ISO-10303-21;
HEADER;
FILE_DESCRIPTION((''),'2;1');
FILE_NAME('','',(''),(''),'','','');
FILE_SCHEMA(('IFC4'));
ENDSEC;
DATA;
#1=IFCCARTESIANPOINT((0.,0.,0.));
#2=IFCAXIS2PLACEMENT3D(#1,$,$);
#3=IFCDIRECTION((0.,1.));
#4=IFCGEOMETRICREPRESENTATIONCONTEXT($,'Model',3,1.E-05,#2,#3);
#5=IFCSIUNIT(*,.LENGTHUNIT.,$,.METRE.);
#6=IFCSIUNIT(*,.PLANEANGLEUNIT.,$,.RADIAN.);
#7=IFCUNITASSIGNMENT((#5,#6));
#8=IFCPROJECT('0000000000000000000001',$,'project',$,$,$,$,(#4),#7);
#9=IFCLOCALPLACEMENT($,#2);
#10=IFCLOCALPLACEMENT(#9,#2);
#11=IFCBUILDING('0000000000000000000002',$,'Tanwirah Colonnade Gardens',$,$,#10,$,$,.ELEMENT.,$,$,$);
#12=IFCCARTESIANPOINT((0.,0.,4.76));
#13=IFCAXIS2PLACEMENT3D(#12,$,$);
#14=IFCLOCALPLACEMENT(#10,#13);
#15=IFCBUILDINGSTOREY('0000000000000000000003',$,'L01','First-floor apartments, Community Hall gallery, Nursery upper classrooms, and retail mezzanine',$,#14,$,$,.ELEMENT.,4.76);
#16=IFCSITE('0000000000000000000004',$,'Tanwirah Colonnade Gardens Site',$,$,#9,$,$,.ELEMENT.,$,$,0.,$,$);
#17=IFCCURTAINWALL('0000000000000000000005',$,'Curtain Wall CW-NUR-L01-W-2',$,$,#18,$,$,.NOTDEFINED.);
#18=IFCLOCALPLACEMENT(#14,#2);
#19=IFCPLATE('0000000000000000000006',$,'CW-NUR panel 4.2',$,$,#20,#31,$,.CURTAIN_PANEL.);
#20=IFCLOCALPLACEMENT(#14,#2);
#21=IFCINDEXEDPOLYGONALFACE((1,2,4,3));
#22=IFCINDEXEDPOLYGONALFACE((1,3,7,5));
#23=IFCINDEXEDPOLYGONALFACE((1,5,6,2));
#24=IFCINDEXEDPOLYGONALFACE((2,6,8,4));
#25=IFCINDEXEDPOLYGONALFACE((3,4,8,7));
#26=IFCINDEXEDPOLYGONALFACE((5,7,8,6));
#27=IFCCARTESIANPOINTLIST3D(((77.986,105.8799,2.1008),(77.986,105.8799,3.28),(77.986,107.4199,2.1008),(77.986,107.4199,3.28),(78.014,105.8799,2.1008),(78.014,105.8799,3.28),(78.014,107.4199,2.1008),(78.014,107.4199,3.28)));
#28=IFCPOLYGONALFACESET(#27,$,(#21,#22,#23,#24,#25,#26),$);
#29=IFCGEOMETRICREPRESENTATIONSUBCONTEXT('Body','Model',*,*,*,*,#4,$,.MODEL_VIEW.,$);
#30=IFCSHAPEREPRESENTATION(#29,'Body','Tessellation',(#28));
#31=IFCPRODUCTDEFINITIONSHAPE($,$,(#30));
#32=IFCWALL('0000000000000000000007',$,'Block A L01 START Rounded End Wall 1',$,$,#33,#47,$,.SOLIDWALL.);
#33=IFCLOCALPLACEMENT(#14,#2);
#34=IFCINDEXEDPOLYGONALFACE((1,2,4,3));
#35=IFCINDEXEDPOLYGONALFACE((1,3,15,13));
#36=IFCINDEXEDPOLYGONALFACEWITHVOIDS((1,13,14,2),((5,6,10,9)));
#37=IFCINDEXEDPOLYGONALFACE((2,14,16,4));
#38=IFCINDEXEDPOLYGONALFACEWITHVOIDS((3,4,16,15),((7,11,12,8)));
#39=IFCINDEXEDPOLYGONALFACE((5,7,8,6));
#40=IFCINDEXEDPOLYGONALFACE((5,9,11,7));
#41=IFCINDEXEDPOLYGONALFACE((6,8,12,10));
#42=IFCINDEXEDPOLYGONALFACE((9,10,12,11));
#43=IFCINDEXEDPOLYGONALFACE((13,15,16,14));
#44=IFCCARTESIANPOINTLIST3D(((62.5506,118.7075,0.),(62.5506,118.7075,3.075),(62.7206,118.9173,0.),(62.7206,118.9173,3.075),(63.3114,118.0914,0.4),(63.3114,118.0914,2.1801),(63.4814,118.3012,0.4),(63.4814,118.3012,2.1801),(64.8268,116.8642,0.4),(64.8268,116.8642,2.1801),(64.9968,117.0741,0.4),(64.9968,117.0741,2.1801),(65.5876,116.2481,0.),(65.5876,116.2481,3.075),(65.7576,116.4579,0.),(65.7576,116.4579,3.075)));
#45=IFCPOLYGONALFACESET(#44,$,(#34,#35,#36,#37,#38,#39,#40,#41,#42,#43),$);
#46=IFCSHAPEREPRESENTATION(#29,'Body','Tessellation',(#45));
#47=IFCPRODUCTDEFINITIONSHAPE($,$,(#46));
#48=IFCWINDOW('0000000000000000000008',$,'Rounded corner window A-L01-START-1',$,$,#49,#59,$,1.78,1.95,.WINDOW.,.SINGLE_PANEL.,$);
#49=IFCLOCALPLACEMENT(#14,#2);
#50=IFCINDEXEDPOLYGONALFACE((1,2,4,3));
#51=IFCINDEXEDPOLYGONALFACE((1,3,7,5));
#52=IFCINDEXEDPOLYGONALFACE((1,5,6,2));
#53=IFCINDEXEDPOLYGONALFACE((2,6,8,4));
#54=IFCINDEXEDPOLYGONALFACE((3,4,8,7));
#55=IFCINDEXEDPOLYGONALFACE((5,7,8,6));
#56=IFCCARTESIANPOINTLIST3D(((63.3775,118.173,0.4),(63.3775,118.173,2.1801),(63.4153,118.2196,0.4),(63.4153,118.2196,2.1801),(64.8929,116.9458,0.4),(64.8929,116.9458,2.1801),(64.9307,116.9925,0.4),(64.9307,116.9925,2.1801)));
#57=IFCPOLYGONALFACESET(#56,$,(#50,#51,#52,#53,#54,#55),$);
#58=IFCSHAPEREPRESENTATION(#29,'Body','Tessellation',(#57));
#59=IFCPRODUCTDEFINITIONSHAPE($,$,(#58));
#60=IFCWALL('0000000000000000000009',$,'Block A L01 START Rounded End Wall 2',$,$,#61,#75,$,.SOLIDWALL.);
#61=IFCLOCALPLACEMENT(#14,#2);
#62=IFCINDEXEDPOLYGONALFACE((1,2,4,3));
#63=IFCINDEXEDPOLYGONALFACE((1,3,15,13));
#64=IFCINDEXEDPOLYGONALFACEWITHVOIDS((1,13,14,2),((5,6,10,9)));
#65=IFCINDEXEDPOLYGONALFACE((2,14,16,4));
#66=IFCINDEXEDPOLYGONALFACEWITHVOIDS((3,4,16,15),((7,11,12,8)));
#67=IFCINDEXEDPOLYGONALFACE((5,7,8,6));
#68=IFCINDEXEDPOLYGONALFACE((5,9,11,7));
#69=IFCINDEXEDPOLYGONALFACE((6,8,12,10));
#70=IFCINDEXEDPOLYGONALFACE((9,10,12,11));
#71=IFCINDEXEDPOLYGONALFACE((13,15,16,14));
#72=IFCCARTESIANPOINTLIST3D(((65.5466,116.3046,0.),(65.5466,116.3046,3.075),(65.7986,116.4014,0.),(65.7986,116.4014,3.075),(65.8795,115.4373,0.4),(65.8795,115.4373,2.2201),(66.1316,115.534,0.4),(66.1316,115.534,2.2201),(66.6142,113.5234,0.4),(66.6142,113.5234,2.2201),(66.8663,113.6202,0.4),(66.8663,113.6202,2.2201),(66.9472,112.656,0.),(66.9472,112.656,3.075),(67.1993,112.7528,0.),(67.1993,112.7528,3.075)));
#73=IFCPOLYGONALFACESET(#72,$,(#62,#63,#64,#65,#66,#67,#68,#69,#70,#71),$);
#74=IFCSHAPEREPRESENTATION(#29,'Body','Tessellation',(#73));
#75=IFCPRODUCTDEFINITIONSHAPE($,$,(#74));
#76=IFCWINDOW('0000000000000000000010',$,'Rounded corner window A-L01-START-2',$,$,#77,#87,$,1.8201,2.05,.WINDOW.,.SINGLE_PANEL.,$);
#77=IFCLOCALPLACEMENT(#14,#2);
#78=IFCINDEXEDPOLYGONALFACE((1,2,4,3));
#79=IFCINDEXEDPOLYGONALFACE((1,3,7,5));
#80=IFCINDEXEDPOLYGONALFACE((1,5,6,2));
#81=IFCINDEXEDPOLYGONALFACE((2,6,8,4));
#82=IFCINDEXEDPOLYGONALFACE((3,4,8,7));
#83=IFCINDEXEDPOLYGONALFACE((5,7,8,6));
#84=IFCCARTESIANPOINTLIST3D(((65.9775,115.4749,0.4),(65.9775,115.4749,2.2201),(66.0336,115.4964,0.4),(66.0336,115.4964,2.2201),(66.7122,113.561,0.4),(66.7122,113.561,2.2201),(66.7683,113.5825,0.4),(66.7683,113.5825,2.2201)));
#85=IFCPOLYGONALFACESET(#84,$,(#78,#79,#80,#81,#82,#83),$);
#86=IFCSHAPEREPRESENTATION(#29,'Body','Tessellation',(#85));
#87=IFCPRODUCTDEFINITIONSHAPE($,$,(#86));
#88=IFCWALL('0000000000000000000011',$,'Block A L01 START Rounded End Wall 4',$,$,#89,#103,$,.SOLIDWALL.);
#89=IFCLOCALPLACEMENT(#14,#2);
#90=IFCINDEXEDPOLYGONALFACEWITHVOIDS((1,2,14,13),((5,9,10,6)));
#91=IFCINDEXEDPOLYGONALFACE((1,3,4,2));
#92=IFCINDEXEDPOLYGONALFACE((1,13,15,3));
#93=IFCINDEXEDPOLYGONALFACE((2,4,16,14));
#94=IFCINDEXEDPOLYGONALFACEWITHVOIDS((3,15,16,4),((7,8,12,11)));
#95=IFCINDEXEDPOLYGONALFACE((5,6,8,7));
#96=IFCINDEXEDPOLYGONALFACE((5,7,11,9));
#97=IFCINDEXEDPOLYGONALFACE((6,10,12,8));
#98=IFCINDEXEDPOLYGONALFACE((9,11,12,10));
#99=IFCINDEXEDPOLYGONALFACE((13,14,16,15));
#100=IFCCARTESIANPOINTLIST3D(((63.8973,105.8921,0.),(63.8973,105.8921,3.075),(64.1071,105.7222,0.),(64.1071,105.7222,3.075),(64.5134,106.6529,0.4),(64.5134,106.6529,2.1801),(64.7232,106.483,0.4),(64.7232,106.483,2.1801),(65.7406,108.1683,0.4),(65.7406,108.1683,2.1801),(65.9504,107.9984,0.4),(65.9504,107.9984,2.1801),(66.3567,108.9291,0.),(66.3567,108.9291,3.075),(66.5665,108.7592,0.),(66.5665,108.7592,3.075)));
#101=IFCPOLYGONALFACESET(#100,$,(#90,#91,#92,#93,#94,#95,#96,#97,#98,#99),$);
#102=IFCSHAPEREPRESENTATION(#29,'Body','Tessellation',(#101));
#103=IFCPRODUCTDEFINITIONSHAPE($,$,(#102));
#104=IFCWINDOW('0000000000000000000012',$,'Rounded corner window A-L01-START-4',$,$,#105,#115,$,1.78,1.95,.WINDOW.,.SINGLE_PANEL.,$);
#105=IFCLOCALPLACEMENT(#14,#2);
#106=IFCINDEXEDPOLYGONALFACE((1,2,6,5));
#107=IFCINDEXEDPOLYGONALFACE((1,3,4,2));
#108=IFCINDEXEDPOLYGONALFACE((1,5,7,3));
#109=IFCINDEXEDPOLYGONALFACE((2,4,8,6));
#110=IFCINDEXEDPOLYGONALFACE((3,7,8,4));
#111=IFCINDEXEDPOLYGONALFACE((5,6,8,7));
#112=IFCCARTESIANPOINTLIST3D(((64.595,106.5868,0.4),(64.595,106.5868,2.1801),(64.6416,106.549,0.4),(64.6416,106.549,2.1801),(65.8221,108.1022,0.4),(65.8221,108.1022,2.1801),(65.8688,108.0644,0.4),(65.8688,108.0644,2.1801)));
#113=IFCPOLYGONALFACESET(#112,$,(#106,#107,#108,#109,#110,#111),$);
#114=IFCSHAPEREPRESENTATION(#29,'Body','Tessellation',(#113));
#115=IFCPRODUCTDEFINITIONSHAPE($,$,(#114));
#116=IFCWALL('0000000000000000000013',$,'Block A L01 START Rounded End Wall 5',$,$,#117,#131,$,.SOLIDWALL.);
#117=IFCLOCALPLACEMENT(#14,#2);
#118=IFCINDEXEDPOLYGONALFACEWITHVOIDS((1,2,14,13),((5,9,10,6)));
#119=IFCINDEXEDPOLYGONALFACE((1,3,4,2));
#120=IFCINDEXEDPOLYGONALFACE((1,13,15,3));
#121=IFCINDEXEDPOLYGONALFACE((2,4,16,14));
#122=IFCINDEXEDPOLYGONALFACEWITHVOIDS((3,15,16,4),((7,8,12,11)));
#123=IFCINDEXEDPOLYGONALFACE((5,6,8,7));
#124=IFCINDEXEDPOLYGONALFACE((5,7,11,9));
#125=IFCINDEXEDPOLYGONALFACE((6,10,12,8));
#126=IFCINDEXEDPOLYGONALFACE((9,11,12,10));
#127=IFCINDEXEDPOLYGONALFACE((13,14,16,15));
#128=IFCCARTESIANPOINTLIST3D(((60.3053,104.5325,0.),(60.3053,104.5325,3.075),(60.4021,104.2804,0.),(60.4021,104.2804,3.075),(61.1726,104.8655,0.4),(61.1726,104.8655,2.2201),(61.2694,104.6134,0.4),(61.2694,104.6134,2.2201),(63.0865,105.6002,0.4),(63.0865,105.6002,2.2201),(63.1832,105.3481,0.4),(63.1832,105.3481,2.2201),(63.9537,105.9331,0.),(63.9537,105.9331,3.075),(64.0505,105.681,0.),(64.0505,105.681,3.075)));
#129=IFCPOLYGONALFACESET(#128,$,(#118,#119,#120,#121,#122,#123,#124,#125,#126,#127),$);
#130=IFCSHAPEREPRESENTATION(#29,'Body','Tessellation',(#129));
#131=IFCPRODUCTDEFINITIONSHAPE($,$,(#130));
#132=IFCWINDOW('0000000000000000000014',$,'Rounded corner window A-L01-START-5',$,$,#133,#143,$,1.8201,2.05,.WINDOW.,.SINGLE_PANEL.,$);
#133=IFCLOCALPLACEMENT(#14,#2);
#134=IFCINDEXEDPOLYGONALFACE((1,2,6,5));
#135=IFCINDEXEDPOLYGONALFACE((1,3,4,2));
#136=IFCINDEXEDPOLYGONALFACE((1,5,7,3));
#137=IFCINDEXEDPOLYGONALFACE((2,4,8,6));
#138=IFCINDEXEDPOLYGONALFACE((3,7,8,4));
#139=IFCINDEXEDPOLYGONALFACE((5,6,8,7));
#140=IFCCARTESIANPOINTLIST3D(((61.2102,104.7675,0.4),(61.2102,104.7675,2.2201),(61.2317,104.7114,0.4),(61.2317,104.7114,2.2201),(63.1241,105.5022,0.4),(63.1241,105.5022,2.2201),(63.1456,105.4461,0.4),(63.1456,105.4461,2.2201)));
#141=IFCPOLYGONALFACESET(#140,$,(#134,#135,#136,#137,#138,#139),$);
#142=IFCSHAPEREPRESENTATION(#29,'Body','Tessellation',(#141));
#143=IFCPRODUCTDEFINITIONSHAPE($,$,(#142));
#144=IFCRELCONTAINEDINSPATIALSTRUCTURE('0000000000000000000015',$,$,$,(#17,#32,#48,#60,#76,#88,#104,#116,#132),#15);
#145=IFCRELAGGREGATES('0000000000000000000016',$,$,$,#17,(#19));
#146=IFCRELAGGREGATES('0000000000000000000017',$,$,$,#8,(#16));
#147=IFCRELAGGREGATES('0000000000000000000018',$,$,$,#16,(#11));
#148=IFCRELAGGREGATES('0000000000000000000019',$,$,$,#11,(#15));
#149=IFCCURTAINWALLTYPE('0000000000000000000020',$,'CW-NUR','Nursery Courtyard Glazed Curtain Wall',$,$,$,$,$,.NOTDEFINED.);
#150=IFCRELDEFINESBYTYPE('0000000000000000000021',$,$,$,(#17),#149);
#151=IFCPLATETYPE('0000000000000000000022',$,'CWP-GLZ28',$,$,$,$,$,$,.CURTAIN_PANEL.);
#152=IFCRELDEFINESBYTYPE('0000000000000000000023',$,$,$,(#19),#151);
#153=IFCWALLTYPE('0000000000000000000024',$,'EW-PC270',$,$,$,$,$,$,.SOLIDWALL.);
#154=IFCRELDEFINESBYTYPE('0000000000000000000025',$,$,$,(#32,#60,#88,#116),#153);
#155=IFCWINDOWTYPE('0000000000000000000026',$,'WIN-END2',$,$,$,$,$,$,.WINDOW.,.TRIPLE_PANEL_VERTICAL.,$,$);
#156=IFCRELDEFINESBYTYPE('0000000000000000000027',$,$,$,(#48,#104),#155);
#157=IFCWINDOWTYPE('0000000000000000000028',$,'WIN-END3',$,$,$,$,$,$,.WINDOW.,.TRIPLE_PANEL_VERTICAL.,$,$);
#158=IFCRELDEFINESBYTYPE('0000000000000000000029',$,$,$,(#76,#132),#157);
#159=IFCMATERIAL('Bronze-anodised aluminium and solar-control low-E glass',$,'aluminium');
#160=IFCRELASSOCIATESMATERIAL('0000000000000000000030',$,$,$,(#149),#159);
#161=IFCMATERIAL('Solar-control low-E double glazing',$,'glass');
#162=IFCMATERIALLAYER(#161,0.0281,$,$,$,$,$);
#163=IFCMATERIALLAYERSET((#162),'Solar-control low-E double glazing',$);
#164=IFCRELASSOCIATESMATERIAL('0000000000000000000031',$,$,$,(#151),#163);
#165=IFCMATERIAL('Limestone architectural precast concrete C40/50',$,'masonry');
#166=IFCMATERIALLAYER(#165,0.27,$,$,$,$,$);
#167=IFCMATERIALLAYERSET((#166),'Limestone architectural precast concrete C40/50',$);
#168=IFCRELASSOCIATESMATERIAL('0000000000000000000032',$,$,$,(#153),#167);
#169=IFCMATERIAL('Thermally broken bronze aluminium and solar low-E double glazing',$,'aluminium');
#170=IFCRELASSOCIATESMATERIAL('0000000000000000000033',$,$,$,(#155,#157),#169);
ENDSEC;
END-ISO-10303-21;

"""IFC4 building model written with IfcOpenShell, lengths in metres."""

from ifc_helpers import new_model, si_unit, direction, frame, frame_2d, origin, origin_2d, place, context, subcontext, project, spatial, rectangle, extrude, material, layer, layer_set, type_object, element, fill, aggregate, save


model = new_model("IFC4")

# Units and contexts
model_context = context("Model", 3, precision=1e-05, world=origin(), true_north=direction((0.0, 1.0)))
body_context = subcontext(model_context, "Body", "Model", "MODEL_VIEW")
ifc_project = project(units=[si_unit("LENGTHUNIT", "METRE"), si_unit("PLANEANGLEUNIT", "RADIAN")], contexts=[model_context])

# Site, building, storey
site_placement = place(None, origin())
site = spatial("IfcSite", under=ifc_project, at=site_placement, Name="Tanwirah Colonnade Gardens Site", CompositionType="ELEMENT", RefElevation=0.0)
building_placement = place(site_placement, origin())
building = spatial("IfcBuilding", under=site, at=building_placement, Name="Tanwirah Colonnade Gardens", CompositionType="ELEMENT")
storey_placement = place(building_placement, frame((0.0, 0.0, 4.76)))
storey = spatial("IfcBuildingStorey", under=building, at=storey_placement, Name="L01", Description="First-floor apartments, Community Hall gallery, Nursery upper classrooms, and retail mezzanine", CompositionType="ELEMENT", Elevation=4.76)

# Curtain wall
ifc_material_1 = material(Name="Bronze-anodised aluminium and solar-control low-E glass", Category="aluminium")
curtain_wall_type = type_object("IfcCurtainWallType", Name="CW-NUR", Description="Nursery Courtyard Glazed Curtain Wall", PredefinedType="NOTDEFINED", material=ifc_material_1)
curtain_wall_placement = place(storey_placement, origin())
curtain_wall = element("IfcCurtainWall", 1, at=curtain_wall_placement, inside=storey, type_object=curtain_wall_type, Name="Curtain Wall CW-NUR-L01-W-2", PredefinedType="NOTDEFINED")

# Plate
ifc_material_2 = material(Name="Solar-control low-E double glazing", Category="glass")
ifc_layer_1 = layer(ifc_material_2, 0.0281)
ifc_layer_set_1 = layer_set([ifc_layer_1], Name="Solar-control low-E double glazing")
plate_type = type_object("IfcPlateType", Name="CWP-GLZ28", PredefinedType="CURTAIN_PANEL", material=ifc_layer_set_1)
plate_1_placement = place(storey_placement, frame((78.0, 106.6499, 2.1008), z_axis=(0.0, 0.0, 1.0), x_axis=(0.0, 1.0, 0.0)))
plate_1 = element("IfcPlate", 2, at=plate_1_placement, type_object=plate_type, Name="CW-NUR panel 4.2", PredefinedType="CURTAIN_PANEL", context=body_context, shape_type="SweptSolid", body=[
    extrude(rectangle(XDim=1.54, YDim=0.0281, at=origin_2d()), origin(), (0.0, 0.0, 1.0), 1.1792),
])
aggregate(curtain_wall, [plate_1])

# Walls, openings, windows
ifc_material_3 = material(Name="Limestone architectural precast concrete C40/50", Category="masonry")
ifc_layer_2 = layer(ifc_material_3, 0.27)
ifc_layer_set_2 = layer_set([ifc_layer_2], Name="Limestone architectural precast concrete C40/50")
wall_type_1 = type_object("IfcWallType", Name="EW-PC270", PredefinedType="SOLIDWALL", material=ifc_layer_set_2)
wall_1_placement = place(storey_placement, frame((62.6355, 118.8125, 0.0), z_axis=(0.0, 0.0, 1.0), x_axis=(0.777137, -0.629331, 0.0)))
wall_1 = element("IfcWall", 3, at=wall_1_placement, inside=storey, type_object=wall_type_1, Name="Block A L01 START Rounded End Wall 1", PredefinedType="SOLIDWALL", context=body_context, shape_type="SweptSolid", body=[
    extrude(rectangle(XDim=3.908, YDim=0.27, at=frame_2d((1.9541, 0.0))), origin(), (0.0, 0.0, 1.0), 3.075),
])
opening_1_placement = place(wall_1_placement, frame((0.979, 0.0, 0.3999)))
opening_1 = element("IfcOpeningElement", 4, at=opening_1_placement, cuts=wall_1, PredefinedType="OPENING", context=body_context, shape_type="SweptSolid", body=[
    extrude(rectangle(XDim=1.95, YDim=1.78, at=frame_2d((0.9751, 0.8901))), frame((0.0, 0.145, 0.0), z_axis=(0.0, -1.0, 0.0), x_axis=(1.0, 0.0, 0.0)), (0.0, 0.0, 1.0), 0.29),
])
ifc_material_4 = material(Name="Thermally broken bronze aluminium and solar low-E double glazing", Category="aluminium")
window_type_1 = type_object("IfcWindowType", Name="WIN-END2", PartitioningType="TRIPLE_PANEL_VERTICAL", PredefinedType="WINDOW", material=ifc_material_4)
window_1_placement = place(opening_1_placement, origin())
window_1 = element("IfcWindow", 5, at=window_1_placement, inside=storey, type_object=window_type_1, Name="Rounded corner window A-L01-START-1", OverallHeight=1.78, OverallWidth=1.95, PartitioningType="SINGLE_PANEL", PredefinedType="WINDOW", context=body_context, shape_type="SweptSolid", body=[
    extrude(rectangle(XDim=1.95, YDim=1.78, at=frame_2d((0.9751, 0.8901))), frame((0.0, 0.03, 0.0), z_axis=(0.0, -1.0, 0.0), x_axis=(1.0, 0.0, 0.0)), (0.0, 0.0, 1.0), 0.0601),
])
fill(opening_1, window_1)
wall_2_placement = place(storey_placement, frame((65.6726, 116.353, 0.0), z_axis=(0.0, 0.0, 1.0), x_axis=(0.358376, -0.933577, 0.0)))
wall_2 = element("IfcWall", 6, at=wall_2_placement, inside=storey, type_object=wall_type_1, Name="Block A L01 START Rounded End Wall 2", PredefinedType="SOLIDWALL", context=body_context, shape_type="SweptSolid", body=[
    extrude(rectangle(XDim=3.9082, YDim=0.27, at=frame_2d((1.9541, 0.0))), origin(), (0.0, 0.0, 1.0), 3.075),
])
opening_2_placement = place(wall_2_placement, frame((0.9292, 0.0, 0.3999)))
opening_2 = element("IfcOpeningElement", 7, at=opening_2_placement, cuts=wall_2, PredefinedType="OPENING", context=body_context, shape_type="SweptSolid", body=[
    extrude(rectangle(XDim=2.05, YDim=1.8201, at=frame_2d((1.0249, 0.9102))), frame((0.0, 0.145, 0.0), z_axis=(0.0, -1.0, 0.0), x_axis=(1.0, 0.0, 0.0)), (0.0, 0.0, 1.0), 0.29),
])
window_type_2 = type_object("IfcWindowType", Name="WIN-END3", PartitioningType="TRIPLE_PANEL_VERTICAL", PredefinedType="WINDOW", material=ifc_material_4)
window_2_placement = place(opening_2_placement, origin())
window_2 = element("IfcWindow", 8, at=window_2_placement, inside=storey, type_object=window_type_2, Name="Rounded corner window A-L01-START-2", OverallHeight=1.8201, OverallWidth=2.05, PartitioningType="SINGLE_PANEL", PredefinedType="WINDOW", context=body_context, shape_type="SweptSolid", body=[
    extrude(rectangle(XDim=2.05, YDim=1.8201, at=frame_2d((1.0249, 0.9102))), frame((0.0, 0.03, 0.0), z_axis=(0.0, -1.0, 0.0), x_axis=(1.0, 0.0, 0.0)), (0.0, 0.0, 1.0), 0.0601),
])
fill(opening_2, window_2)
wall_3_placement = place(storey_placement, frame((66.4617, 108.8442, 0.0), z_axis=(0.0, 0.0, 1.0), x_axis=(-0.629331, -0.777137, 0.0)))
wall_3 = element("IfcWall", 9, at=wall_3_placement, inside=storey, type_object=wall_type_1, Name="Block A L01 START Rounded End Wall 4", PredefinedType="SOLIDWALL", context=body_context, shape_type="SweptSolid", body=[
    extrude(rectangle(XDim=3.908, YDim=0.27, at=frame_2d((1.9541, 0.0))), origin(), (0.0, 0.0, 1.0), 3.075),
])
opening_3_placement = place(wall_3_placement, frame((0.979, 0.0, 0.3999)))
opening_3 = element("IfcOpeningElement", 10, at=opening_3_placement, cuts=wall_3, PredefinedType="OPENING", context=body_context, shape_type="SweptSolid", body=[
    extrude(rectangle(XDim=1.95, YDim=1.78, at=frame_2d((0.9751, 0.8901))), frame((0.0, 0.145, 0.0), z_axis=(0.0, -1.0, 0.0), x_axis=(1.0, 0.0, 0.0)), (0.0, 0.0, 1.0), 0.29),
])
window_3_placement = place(opening_3_placement, origin())
window_3 = element("IfcWindow", 11, at=window_3_placement, inside=storey, type_object=window_type_1, Name="Rounded corner window A-L01-START-4", OverallHeight=1.78, OverallWidth=1.95, PartitioningType="SINGLE_PANEL", PredefinedType="WINDOW", context=body_context, shape_type="SweptSolid", body=[
    extrude(rectangle(XDim=1.95, YDim=1.78, at=frame_2d((0.9751, 0.8901))), frame((0.0, 0.03, 0.0), z_axis=(0.0, -1.0, 0.0), x_axis=(1.0, 0.0, 0.0)), (0.0, 0.0, 1.0), 0.0601),
])
fill(opening_3, window_3)
wall_4_placement = place(storey_placement, frame((64.0022, 105.8071, 0.0), z_axis=(0.0, 0.0, 1.0), x_axis=(-0.933569, -0.358397, 0.0)))
wall_4 = element("IfcWall", 12, at=wall_4_placement, inside=storey, type_object=wall_type_1, Name="Block A L01 START Rounded End Wall 5", PredefinedType="SOLIDWALL", context=body_context, shape_type="SweptSolid", body=[
    extrude(rectangle(XDim=3.908, YDim=0.27, at=frame_2d((1.9541, 0.0))), origin(), (0.0, 0.0, 1.0), 3.075),
])
opening_4_placement = place(wall_4_placement, frame((0.9292, 0.0, 0.3999)))
opening_4 = element("IfcOpeningElement", 13, at=opening_4_placement, cuts=wall_4, PredefinedType="OPENING", context=body_context, shape_type="SweptSolid", body=[
    extrude(rectangle(XDim=2.05, YDim=1.8201, at=frame_2d((1.0249, 0.9102))), frame((0.0, 0.145, 0.0), z_axis=(0.0, -1.0, 0.0), x_axis=(1.0, 0.0, 0.0)), (0.0, 0.0, 1.0), 0.29),
])
window_4_placement = place(opening_4_placement, origin())
window_4 = element("IfcWindow", 14, at=window_4_placement, inside=storey, type_object=window_type_2, Name="Rounded corner window A-L01-START-5", OverallHeight=1.8201, OverallWidth=2.05, PartitioningType="SINGLE_PANEL", PredefinedType="WINDOW", context=body_context, shape_type="SweptSolid", body=[
    extrude(rectangle(XDim=2.05, YDim=1.8201, at=frame_2d((1.0249, 0.9102))), frame((0.0, 0.03, 0.0), z_axis=(0.0, -1.0, 0.0), x_axis=(1.0, 0.0, 0.0)), (0.0, 0.0, 1.0), 0.0601),
])
fill(opening_4, window_4)

save(model, "model.ifc")
